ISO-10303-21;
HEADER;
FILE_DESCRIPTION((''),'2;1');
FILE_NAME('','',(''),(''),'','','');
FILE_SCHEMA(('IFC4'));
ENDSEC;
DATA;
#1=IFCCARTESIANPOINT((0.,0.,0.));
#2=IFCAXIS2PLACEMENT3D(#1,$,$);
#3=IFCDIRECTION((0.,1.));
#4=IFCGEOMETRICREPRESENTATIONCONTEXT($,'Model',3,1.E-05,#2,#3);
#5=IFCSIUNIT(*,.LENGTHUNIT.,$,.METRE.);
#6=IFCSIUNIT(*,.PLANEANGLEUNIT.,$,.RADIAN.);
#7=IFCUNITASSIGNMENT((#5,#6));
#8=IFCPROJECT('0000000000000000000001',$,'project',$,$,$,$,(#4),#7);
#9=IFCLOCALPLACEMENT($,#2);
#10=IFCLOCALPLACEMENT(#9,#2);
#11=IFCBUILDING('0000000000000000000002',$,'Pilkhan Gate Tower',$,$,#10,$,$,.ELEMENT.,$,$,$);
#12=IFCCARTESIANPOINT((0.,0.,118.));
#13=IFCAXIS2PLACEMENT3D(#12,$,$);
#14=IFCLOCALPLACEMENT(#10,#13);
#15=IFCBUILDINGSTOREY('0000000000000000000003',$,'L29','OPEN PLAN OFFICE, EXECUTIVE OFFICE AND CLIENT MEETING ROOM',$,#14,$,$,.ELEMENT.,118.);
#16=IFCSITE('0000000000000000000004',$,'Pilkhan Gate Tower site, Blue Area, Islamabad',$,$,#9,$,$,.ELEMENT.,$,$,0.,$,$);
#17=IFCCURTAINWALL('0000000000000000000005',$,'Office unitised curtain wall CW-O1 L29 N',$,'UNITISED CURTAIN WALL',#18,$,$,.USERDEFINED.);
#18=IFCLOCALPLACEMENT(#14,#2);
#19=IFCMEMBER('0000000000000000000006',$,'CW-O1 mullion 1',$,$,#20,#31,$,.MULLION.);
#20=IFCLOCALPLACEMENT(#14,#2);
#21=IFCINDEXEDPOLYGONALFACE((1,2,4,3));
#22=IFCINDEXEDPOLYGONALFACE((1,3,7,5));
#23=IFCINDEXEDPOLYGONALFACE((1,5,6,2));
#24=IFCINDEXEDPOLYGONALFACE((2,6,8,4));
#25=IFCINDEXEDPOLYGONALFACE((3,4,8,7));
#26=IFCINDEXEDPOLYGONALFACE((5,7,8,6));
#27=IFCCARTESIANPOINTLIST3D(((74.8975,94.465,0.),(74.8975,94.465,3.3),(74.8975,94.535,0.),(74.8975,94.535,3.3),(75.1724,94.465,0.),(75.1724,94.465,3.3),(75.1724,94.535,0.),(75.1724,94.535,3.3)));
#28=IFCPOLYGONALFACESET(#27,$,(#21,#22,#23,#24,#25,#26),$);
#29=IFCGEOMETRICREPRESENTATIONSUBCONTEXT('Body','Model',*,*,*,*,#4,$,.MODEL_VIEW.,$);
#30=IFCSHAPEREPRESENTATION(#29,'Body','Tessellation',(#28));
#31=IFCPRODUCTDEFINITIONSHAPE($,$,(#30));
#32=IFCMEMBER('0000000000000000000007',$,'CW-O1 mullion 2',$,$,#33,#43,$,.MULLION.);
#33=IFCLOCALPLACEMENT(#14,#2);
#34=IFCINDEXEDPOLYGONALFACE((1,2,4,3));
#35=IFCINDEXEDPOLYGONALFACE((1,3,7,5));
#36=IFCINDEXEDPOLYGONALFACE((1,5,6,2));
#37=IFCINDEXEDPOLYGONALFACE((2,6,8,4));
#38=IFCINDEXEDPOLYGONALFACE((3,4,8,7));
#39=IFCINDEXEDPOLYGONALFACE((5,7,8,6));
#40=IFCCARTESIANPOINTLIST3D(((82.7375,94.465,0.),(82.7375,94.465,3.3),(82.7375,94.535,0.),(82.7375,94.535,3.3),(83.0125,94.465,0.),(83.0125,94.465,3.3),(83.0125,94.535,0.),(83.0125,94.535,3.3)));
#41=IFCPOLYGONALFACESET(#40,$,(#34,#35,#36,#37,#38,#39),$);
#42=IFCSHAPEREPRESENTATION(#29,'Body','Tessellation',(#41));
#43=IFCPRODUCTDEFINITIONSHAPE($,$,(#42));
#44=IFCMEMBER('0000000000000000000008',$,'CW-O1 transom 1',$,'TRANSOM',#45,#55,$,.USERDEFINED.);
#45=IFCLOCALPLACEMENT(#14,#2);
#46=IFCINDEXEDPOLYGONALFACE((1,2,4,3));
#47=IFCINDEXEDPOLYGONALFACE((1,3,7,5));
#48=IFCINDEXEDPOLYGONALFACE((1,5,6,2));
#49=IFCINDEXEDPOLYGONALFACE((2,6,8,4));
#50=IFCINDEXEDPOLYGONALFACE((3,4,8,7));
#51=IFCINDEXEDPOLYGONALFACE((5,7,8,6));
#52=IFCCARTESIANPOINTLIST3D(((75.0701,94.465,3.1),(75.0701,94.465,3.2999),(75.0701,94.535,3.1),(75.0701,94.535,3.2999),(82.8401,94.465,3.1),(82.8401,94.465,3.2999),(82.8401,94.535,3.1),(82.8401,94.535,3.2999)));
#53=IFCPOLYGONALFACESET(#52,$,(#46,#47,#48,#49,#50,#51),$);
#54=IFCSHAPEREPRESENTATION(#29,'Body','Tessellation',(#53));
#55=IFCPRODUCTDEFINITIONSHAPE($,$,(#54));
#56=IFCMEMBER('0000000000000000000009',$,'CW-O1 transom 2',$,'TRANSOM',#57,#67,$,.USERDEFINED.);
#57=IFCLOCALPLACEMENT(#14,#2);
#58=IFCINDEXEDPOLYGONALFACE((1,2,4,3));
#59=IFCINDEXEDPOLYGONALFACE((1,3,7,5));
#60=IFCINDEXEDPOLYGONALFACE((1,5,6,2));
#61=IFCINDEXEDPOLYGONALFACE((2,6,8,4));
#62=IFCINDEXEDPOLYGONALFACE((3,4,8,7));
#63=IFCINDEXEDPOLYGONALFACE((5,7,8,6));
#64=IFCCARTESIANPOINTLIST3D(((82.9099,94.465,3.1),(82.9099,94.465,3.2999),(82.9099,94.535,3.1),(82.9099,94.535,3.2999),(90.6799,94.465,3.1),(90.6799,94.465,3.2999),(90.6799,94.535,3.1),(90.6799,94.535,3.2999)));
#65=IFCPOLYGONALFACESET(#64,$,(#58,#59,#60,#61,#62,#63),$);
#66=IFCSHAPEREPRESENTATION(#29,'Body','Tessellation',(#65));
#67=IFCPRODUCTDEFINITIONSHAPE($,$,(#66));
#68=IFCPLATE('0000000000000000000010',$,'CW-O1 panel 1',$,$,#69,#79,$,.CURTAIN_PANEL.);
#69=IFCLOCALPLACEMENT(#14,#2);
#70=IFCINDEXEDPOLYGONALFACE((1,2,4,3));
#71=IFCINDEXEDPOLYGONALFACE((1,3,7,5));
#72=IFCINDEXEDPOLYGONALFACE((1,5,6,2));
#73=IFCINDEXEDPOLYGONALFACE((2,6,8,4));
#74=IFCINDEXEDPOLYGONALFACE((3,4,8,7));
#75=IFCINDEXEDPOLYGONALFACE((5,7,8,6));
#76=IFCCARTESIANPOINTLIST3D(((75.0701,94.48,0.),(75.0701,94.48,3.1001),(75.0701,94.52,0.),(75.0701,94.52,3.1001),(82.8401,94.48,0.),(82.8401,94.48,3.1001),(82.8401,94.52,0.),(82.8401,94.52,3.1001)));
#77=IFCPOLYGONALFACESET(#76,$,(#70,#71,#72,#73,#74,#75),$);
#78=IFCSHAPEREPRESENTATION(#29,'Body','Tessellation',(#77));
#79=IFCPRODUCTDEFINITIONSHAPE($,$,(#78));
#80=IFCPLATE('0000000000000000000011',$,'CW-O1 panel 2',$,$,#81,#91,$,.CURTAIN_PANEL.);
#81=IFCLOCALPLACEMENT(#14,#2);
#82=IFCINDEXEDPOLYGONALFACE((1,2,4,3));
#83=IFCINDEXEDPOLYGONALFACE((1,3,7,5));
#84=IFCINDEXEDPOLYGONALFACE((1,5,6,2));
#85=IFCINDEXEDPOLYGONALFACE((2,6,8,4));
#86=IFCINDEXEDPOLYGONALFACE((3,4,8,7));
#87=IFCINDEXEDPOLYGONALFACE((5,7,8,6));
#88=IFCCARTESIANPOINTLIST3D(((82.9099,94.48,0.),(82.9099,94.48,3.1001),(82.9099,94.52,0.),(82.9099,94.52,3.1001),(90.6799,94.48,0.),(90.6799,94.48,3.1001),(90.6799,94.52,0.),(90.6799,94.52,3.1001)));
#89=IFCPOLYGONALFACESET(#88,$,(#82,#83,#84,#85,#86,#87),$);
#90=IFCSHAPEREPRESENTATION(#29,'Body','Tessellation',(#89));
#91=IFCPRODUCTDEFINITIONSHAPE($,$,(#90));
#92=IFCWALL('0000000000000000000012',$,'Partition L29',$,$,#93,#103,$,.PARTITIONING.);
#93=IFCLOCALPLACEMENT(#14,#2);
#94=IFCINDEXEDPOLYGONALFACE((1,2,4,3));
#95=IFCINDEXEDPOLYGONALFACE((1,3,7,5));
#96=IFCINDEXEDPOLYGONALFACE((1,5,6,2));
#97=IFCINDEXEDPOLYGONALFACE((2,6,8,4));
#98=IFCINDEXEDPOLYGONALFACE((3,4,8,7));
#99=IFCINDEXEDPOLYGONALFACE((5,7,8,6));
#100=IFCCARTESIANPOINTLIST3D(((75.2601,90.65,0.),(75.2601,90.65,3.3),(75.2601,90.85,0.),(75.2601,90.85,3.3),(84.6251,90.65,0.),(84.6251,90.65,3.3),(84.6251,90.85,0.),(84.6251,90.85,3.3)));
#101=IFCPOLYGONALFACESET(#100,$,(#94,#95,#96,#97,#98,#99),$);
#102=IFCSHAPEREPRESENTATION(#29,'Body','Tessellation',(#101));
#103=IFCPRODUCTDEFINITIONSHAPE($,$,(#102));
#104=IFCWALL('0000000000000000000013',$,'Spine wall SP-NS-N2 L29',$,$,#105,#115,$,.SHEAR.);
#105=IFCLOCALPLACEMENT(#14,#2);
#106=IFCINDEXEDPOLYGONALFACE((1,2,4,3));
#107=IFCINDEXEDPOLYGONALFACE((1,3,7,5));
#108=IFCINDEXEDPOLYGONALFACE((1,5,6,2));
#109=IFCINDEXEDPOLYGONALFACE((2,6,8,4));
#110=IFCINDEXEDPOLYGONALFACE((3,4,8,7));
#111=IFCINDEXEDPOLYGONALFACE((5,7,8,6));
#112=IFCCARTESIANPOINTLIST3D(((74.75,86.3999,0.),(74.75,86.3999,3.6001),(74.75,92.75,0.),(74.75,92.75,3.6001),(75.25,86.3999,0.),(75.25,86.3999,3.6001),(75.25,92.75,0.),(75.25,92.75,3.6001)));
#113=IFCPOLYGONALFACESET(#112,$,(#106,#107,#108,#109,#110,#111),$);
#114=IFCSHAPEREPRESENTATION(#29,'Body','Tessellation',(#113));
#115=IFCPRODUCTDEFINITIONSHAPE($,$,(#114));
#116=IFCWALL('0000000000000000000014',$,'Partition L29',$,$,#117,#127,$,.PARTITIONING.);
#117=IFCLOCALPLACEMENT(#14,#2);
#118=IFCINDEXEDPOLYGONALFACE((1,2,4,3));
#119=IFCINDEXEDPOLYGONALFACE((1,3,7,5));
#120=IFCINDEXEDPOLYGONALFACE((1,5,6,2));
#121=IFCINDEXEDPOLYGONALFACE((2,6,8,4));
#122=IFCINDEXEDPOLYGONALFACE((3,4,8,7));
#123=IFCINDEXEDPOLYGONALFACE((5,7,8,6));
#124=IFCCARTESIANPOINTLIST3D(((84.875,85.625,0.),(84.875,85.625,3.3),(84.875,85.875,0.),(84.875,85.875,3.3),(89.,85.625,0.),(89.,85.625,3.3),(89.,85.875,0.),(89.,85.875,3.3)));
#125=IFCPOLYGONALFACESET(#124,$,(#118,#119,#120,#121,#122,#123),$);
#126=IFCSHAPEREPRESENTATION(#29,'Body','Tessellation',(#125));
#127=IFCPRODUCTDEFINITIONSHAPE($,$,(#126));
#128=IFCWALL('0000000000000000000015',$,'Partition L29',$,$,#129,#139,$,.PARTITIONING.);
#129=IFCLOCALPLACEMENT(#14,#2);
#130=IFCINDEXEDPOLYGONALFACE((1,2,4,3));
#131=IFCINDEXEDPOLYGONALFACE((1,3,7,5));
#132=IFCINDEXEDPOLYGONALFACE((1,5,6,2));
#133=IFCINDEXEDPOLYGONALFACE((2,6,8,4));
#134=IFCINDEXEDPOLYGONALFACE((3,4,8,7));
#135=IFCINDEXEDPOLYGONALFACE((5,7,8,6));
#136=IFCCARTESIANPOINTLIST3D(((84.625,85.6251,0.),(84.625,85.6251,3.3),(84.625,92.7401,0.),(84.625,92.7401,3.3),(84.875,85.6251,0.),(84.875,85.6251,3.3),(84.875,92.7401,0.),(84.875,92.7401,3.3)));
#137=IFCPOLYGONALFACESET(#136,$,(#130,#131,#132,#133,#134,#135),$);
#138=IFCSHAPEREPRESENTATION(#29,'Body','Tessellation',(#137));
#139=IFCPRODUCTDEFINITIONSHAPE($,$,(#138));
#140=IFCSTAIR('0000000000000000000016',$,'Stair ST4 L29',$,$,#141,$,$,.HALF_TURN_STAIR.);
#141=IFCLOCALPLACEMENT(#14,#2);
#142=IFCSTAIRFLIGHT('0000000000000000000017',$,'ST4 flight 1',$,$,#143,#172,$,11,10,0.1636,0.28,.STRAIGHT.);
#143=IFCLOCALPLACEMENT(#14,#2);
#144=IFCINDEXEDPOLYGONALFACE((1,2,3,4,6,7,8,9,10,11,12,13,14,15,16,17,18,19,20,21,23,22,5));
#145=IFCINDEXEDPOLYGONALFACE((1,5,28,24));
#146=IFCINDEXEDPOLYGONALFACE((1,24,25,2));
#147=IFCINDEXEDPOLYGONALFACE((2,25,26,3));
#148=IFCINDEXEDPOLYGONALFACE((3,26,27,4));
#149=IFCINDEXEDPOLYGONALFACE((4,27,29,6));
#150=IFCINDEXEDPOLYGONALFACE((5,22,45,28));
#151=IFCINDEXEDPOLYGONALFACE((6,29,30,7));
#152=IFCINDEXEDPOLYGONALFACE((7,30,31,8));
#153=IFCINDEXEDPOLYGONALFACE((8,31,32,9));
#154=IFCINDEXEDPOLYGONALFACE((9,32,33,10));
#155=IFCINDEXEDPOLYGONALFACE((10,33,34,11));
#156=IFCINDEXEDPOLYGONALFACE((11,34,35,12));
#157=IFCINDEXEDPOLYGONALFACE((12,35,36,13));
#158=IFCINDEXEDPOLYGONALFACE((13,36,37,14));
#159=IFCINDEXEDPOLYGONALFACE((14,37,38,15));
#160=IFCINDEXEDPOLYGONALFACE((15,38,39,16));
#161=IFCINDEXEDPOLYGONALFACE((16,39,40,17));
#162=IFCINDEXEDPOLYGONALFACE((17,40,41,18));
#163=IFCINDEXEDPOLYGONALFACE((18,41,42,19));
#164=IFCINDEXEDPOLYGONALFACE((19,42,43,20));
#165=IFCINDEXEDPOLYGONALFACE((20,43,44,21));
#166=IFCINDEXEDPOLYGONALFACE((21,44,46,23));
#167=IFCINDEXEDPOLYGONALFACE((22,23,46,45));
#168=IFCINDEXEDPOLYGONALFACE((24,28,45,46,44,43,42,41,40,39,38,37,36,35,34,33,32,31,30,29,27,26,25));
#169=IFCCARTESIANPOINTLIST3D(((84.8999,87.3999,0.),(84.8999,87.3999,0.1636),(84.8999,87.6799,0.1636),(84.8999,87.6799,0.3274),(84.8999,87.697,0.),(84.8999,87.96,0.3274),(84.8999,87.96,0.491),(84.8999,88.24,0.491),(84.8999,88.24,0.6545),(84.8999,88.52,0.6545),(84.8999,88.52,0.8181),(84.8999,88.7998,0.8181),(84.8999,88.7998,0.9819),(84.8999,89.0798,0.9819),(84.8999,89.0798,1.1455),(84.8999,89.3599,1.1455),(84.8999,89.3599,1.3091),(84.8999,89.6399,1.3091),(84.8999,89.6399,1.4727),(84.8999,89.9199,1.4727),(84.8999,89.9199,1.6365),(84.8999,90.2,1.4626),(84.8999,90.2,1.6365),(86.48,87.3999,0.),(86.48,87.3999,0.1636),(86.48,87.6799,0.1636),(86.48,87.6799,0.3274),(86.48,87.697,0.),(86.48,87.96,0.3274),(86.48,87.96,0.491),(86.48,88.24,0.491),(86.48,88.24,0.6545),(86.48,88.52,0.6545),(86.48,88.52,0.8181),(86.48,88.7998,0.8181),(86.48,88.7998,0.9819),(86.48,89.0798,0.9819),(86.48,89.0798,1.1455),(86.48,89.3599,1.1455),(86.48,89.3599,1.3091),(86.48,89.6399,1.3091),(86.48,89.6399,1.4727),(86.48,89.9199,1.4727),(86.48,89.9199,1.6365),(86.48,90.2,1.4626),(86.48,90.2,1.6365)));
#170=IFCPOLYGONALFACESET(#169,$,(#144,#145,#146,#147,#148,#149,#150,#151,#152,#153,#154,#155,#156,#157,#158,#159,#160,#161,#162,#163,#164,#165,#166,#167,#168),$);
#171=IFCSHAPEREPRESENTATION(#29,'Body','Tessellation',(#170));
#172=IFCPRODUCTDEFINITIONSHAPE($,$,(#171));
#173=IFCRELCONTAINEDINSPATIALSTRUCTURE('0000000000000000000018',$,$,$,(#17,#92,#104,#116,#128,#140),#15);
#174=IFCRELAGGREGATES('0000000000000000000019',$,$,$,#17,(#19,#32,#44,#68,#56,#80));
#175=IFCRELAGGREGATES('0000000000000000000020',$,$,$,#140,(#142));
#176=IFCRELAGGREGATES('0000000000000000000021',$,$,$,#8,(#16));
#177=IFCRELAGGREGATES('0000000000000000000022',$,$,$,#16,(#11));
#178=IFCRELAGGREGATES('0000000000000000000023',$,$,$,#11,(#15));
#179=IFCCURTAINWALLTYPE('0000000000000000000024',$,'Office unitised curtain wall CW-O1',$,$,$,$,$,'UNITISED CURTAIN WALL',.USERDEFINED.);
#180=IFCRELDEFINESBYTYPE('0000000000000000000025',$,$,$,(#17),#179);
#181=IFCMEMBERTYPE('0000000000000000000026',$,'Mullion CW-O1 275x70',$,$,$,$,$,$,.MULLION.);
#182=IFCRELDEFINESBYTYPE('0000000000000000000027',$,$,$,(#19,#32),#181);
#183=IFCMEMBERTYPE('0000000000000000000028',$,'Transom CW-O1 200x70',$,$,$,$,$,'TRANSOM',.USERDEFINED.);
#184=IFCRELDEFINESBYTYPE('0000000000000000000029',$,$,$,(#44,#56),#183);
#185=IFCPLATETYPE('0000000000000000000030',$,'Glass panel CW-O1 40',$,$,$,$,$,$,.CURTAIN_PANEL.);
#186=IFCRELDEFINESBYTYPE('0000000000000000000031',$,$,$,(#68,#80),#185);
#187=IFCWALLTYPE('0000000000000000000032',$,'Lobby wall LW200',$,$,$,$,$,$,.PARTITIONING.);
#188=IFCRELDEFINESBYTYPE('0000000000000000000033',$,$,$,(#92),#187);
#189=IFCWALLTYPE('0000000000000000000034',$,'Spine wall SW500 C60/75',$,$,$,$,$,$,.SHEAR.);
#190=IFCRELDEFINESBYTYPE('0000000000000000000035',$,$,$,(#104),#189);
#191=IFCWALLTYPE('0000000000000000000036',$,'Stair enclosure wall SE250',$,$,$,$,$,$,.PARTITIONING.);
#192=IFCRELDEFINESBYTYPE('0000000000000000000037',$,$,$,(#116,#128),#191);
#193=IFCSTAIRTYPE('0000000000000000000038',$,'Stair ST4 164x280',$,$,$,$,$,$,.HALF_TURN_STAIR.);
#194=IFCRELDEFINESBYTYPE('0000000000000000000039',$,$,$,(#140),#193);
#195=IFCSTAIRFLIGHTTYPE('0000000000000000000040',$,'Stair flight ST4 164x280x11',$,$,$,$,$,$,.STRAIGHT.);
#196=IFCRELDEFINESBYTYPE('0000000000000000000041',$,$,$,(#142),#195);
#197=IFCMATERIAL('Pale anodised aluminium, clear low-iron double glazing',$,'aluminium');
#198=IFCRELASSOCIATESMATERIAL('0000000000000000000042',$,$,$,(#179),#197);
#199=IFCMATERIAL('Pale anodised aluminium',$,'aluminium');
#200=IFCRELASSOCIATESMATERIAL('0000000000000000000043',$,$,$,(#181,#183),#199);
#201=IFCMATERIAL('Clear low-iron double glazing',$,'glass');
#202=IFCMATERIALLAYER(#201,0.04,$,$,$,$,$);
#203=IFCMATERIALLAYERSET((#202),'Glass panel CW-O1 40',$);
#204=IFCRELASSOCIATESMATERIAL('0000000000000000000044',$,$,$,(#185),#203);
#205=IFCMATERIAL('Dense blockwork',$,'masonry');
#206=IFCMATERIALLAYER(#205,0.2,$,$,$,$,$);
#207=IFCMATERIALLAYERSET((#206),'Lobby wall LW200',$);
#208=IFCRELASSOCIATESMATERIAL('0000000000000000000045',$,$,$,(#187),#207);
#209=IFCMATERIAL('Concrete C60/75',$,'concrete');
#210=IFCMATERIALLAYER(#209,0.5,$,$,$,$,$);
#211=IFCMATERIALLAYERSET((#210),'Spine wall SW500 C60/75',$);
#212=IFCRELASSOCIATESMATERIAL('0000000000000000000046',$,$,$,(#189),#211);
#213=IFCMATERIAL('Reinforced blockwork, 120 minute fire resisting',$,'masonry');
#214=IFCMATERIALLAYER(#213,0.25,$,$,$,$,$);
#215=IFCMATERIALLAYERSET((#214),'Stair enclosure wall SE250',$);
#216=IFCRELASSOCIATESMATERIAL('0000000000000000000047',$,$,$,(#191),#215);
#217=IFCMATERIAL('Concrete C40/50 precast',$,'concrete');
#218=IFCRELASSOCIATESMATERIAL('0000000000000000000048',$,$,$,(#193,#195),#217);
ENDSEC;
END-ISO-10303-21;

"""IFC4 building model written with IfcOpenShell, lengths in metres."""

from ifc_helpers import new_model, si_unit, direction, frame, frame_2d, origin, origin_2d, place, context, subcontext, project, spatial, polyline, rectangle, outline, extrude, material, layer, layer_set, material_profile, profile_set, type_object, element, aggregate, save


model = new_model("IFC4")

# Units and contexts
model_context = context("Model", 3, precision=1e-05, world=origin(), true_north=direction((0.0, 1.0)))
body_context = subcontext(model_context, "Body", "Model", "MODEL_VIEW")
ifc_project = project(units=[si_unit("LENGTHUNIT", "METRE"), si_unit("PLANEANGLEUNIT", "RADIAN")], contexts=[model_context])

# Site, building, storey
site_placement = place(None, origin())
site = spatial("IfcSite", under=ifc_project, at=site_placement, Name="Pilkhan Gate Tower site, Blue Area, Islamabad", CompositionType="ELEMENT", RefElevation=0.0)
building_placement = place(site_placement, origin())
building = spatial("IfcBuilding", under=site, at=building_placement, Name="Pilkhan Gate Tower", CompositionType="ELEMENT")
storey_placement = place(building_placement, frame((0.0, 0.0, 118.0)))
storey = spatial("IfcBuildingStorey", under=building, at=storey_placement, Name="L29", Description="OPEN PLAN OFFICE, EXECUTIVE OFFICE AND CLIENT MEETING ROOM", CompositionType="ELEMENT", Elevation=118.0)

# Curtain wall, members, plates
ifc_material_1 = material(Name="Pale anodised aluminium, clear low-iron double glazing", Category="aluminium")
curtain_wall_type = type_object("IfcCurtainWallType", Name="Office unitised curtain wall CW-O1", ElementType="UNITISED CURTAIN WALL", PredefinedType="USERDEFINED", material=ifc_material_1)
curtain_wall_placement = place(storey_placement, origin())
curtain_wall = element("IfcCurtainWall", 1, at=curtain_wall_placement, inside=storey, type_object=curtain_wall_type, Name="Office unitised curtain wall CW-O1 L29 N", ObjectType="UNITISED CURTAIN WALL", PredefinedType="USERDEFINED")
ifc_material_2 = material(Name="Pale anodised aluminium", Category="aluminium")
ifc_material_profile_1 = material_profile(ifc_material_2, rectangle(XDim=0.0701, YDim=0.2749, at=origin_2d()), Name="Mullion 275x70")
ifc_profile_set_1 = profile_set([ifc_material_profile_1], Name="Pale anodised aluminium")
member_type_1 = type_object("IfcMemberType", Name="Mullion CW-O1 275x70", PredefinedType="MULLION", material=ifc_profile_set_1)
member_1_placement = place(storey_placement, frame((75.0349, 94.5, 0.0), z_axis=(0.0, 0.0, 1.0), x_axis=(0.0, 1.0, 0.0)))
member_1 = element("IfcMember", 2, at=member_1_placement, type_object=member_type_1, Name="CW-O1 mullion 1", PredefinedType="MULLION", context=body_context, shape_type="SweptSolid", body=[
    extrude(rectangle(XDim=0.0701, YDim=0.2749, at=origin_2d()), origin(), (0.0, 0.0, 1.0), 3.3),
])
member_2_placement = place(storey_placement, frame((82.875, 94.5, 0.0), z_axis=(0.0, 0.0, 1.0), x_axis=(0.0, 1.0, 0.0)))
member_2 = element("IfcMember", 3, at=member_2_placement, type_object=member_type_1, Name="CW-O1 mullion 2", PredefinedType="MULLION", context=body_context, shape_type="SweptSolid", body=[
    extrude(rectangle(XDim=0.0701, YDim=0.2749, at=origin_2d()), origin(), (0.0, 0.0, 1.0), 3.3),
])
ifc_material_profile_2 = material_profile(ifc_material_2, rectangle(XDim=0.0701, YDim=0.2, at=origin_2d()), Name="Transom 200x70")
ifc_profile_set_2 = profile_set([ifc_material_profile_2], Name="Pale anodised aluminium")
member_type_2 = type_object("IfcMemberType", Name="Transom CW-O1 200x70", ElementType="TRANSOM", PredefinedType="USERDEFINED", material=ifc_profile_set_2)
member_3_placement = place(storey_placement, frame((75.0701, 94.5, 3.2), z_axis=(1.0, 0.0, 0.0), x_axis=(0.0, 1.0, 0.0)))
member_3 = element("IfcMember", 4, at=member_3_placement, type_object=member_type_2, Name="CW-O1 transom 1", ObjectType="TRANSOM", PredefinedType="USERDEFINED", context=body_context, shape_type="SweptSolid", body=[
    extrude(rectangle(XDim=0.0701, YDim=0.2, at=origin_2d()), origin(), (0.0, 0.0, 1.0), 7.77),
])
member_4_placement = place(storey_placement, frame((82.9099, 94.5, 3.2), z_axis=(1.0, 0.0, 0.0), x_axis=(0.0, 1.0, 0.0)))
member_4 = element("IfcMember", 5, at=member_4_placement, type_object=member_type_2, Name="CW-O1 transom 2", ObjectType="TRANSOM", PredefinedType="USERDEFINED", context=body_context, shape_type="SweptSolid", body=[
    extrude(rectangle(XDim=0.0701, YDim=0.2, at=origin_2d()), origin(), (0.0, 0.0, 1.0), 7.77),
])
ifc_material_3 = material(Name="Clear low-iron double glazing", Category="glass")
ifc_layer_1 = layer(ifc_material_3, 0.04)
ifc_layer_set_1 = layer_set([ifc_layer_1], Name="Glass panel CW-O1 40")
plate_type = type_object("IfcPlateType", Name="Glass panel CW-O1 40", PredefinedType="CURTAIN_PANEL", material=ifc_layer_set_1)
plate_1_placement = place(storey_placement, frame((78.9551, 94.5, 0.0), z_axis=(0.0, 0.0, 1.0), x_axis=(1.0, 0.0, 0.0)))
plate_1 = element("IfcPlate", 6, at=plate_1_placement, type_object=plate_type, Name="CW-O1 panel 1", PredefinedType="CURTAIN_PANEL", context=body_context, shape_type="SweptSolid", body=[
    extrude(rectangle(XDim=7.77, YDim=0.04, at=origin_2d()), origin(), (0.0, 0.0, 1.0), 3.1001),
])
plate_2_placement = place(storey_placement, frame((86.7949, 94.5, 0.0), z_axis=(0.0, 0.0, 1.0), x_axis=(1.0, 0.0, 0.0)))
plate_2 = element("IfcPlate", 7, at=plate_2_placement, type_object=plate_type, Name="CW-O1 panel 2", PredefinedType="CURTAIN_PANEL", context=body_context, shape_type="SweptSolid", body=[
    extrude(rectangle(XDim=7.77, YDim=0.04, at=origin_2d()), origin(), (0.0, 0.0, 1.0), 3.1001),
])
aggregate(curtain_wall, [member_1, member_2, member_3, plate_1, member_4, plate_2])

# Walls
ifc_material_4 = material(Name="Dense blockwork", Category="masonry")
ifc_layer_2 = layer(ifc_material_4, 0.2)
ifc_layer_set_2 = layer_set([ifc_layer_2], Name="Lobby wall LW200")
wall_type_1 = type_object("IfcWallType", Name="Lobby wall LW200", PredefinedType="PARTITIONING", material=ifc_layer_set_2)
wall_1_placement = place(storey_placement, frame((75.26, 90.75, 0.0), z_axis=(0.0, 0.0, 1.0), x_axis=(1.0, 0.0, 0.0)))
element("IfcWall", 8, at=wall_1_placement, inside=storey, type_object=wall_type_1, Name="Partition L29", PredefinedType="PARTITIONING", context=body_context, shape_type="SweptSolid", body=[
    extrude(rectangle(XDim=9.365, YDim=0.2, at=frame_2d((4.6826, 0.0))), origin(), (0.0, 0.0, 1.0), 3.3),
])
ifc_material_5 = material(Name="Concrete C60/75", Category="concrete")
ifc_layer_3 = layer(ifc_material_5, 0.5)
ifc_layer_set_3 = layer_set([ifc_layer_3], Name="Spine wall SW500 C60/75")
wall_type_2 = type_object("IfcWallType", Name="Spine wall SW500 C60/75", PredefinedType="SHEAR", material=ifc_layer_set_3)
wall_2_placement = place(storey_placement, frame((75.0, 86.3999, 0.0), z_axis=(0.0, 0.0, 1.0), x_axis=(0.0, 1.0, 0.0)))
element("IfcWall", 9, at=wall_2_placement, inside=storey, type_object=wall_type_2, Name="Spine wall SP-NS-N2 L29", PredefinedType="SHEAR", context=body_context, shape_type="SweptSolid", body=[
    extrude(rectangle(XDim=6.3501, YDim=0.5, at=frame_2d((3.175, 0.0))), origin(), (0.0, 0.0, 1.0), 3.6001),
])
ifc_material_6 = material(Name="Reinforced blockwork, 120 minute fire resisting", Category="masonry")
ifc_layer_4 = layer(ifc_material_6, 0.25)
ifc_layer_set_4 = layer_set([ifc_layer_4], Name="Stair enclosure wall SE250")
wall_type_3 = type_object("IfcWallType", Name="Stair enclosure wall SE250", PredefinedType="PARTITIONING", material=ifc_layer_set_4)
wall_3_placement = place(storey_placement, frame((84.875, 85.75, 0.0), z_axis=(0.0, 0.0, 1.0), x_axis=(1.0, 0.0, 0.0)))
element("IfcWall", 10, at=wall_3_placement, inside=storey, type_object=wall_type_3, Name="Partition L29", PredefinedType="PARTITIONING", context=body_context, shape_type="SweptSolid", body=[
    extrude(rectangle(XDim=4.125, YDim=0.25, at=frame_2d((2.0625, 0.0))), origin(), (0.0, 0.0, 1.0), 3.3),
])
wall_4_placement = place(storey_placement, frame((84.75, 85.625, 0.0), z_axis=(0.0, 0.0, 1.0), x_axis=(0.0, 1.0, 0.0)))
element("IfcWall", 11, at=wall_4_placement, inside=storey, type_object=wall_type_3, Name="Partition L29", PredefinedType="PARTITIONING", context=body_context, shape_type="SweptSolid", body=[
    extrude(rectangle(XDim=7.115, YDim=0.25, at=frame_2d((3.5576, 0.0))), origin(), (0.0, 0.0, 1.0), 3.3),
])

# Stair, stair flight
ifc_material_7 = material(Name="Concrete C40/50 precast", Category="concrete")
stair_type = type_object("IfcStairType", Name="Stair ST4 164x280", PredefinedType="HALF_TURN_STAIR", material=ifc_material_7)
stair_placement = place(storey_placement, origin())
stair = element("IfcStair", 12, at=stair_placement, inside=storey, type_object=stair_type, Name="Stair ST4 L29", PredefinedType="HALF_TURN_STAIR")
stair_flight_type = type_object("IfcStairFlightType", Name="Stair flight ST4 164x280x11", PredefinedType="STRAIGHT", material=ifc_material_7)
stair_flight_1_placement = place(storey_placement, frame((85.6899, 87.3999, 0.0), z_axis=(0.0, 0.0, 1.0), x_axis=(0.0, 1.0, 0.0)))
stair_flight_1 = element("IfcStairFlight", 13, at=stair_flight_1_placement, type_object=stair_flight_type, Name="ST4 flight 1", NumberOfRisers=11, NumberOfTreads=10, PredefinedType="STRAIGHT", RiserHeight=0.1636, TreadLength=0.28, context=body_context, shape_type="SweptSolid", body=[
    extrude(outline(polyline([(0.0, 0.0), (0.0, 0.1636), (0.28, 0.1636), (0.28, 0.3274), (0.5601, 0.3274), (0.5601, 0.491), (0.8401, 0.491), (0.8401, 0.6545), (1.1201, 0.6545), (1.1201, 0.8181), (1.3999, 0.8181), (1.3999, 0.9819), (1.6799, 0.9819), (1.6799, 1.1455), (1.96, 1.1455), (1.96, 1.3091), (2.24, 1.3091), (2.24, 1.4727), (2.52, 1.4727), (2.52, 1.6365), (2.8, 1.6365), (2.8, 1.8), (2.8, 1.4626), (0.2971, 0.0), (0.0, 0.0)])), frame((0.0, 0.79, 0.0), z_axis=(0.0, -1.0, 0.0), x_axis=(1.0, 0.0, 0.0)), (0.0, 0.0, 1.0), 1.5801),
])
aggregate(stair, [stair_flight_1])

save(model, "model.ifc")
